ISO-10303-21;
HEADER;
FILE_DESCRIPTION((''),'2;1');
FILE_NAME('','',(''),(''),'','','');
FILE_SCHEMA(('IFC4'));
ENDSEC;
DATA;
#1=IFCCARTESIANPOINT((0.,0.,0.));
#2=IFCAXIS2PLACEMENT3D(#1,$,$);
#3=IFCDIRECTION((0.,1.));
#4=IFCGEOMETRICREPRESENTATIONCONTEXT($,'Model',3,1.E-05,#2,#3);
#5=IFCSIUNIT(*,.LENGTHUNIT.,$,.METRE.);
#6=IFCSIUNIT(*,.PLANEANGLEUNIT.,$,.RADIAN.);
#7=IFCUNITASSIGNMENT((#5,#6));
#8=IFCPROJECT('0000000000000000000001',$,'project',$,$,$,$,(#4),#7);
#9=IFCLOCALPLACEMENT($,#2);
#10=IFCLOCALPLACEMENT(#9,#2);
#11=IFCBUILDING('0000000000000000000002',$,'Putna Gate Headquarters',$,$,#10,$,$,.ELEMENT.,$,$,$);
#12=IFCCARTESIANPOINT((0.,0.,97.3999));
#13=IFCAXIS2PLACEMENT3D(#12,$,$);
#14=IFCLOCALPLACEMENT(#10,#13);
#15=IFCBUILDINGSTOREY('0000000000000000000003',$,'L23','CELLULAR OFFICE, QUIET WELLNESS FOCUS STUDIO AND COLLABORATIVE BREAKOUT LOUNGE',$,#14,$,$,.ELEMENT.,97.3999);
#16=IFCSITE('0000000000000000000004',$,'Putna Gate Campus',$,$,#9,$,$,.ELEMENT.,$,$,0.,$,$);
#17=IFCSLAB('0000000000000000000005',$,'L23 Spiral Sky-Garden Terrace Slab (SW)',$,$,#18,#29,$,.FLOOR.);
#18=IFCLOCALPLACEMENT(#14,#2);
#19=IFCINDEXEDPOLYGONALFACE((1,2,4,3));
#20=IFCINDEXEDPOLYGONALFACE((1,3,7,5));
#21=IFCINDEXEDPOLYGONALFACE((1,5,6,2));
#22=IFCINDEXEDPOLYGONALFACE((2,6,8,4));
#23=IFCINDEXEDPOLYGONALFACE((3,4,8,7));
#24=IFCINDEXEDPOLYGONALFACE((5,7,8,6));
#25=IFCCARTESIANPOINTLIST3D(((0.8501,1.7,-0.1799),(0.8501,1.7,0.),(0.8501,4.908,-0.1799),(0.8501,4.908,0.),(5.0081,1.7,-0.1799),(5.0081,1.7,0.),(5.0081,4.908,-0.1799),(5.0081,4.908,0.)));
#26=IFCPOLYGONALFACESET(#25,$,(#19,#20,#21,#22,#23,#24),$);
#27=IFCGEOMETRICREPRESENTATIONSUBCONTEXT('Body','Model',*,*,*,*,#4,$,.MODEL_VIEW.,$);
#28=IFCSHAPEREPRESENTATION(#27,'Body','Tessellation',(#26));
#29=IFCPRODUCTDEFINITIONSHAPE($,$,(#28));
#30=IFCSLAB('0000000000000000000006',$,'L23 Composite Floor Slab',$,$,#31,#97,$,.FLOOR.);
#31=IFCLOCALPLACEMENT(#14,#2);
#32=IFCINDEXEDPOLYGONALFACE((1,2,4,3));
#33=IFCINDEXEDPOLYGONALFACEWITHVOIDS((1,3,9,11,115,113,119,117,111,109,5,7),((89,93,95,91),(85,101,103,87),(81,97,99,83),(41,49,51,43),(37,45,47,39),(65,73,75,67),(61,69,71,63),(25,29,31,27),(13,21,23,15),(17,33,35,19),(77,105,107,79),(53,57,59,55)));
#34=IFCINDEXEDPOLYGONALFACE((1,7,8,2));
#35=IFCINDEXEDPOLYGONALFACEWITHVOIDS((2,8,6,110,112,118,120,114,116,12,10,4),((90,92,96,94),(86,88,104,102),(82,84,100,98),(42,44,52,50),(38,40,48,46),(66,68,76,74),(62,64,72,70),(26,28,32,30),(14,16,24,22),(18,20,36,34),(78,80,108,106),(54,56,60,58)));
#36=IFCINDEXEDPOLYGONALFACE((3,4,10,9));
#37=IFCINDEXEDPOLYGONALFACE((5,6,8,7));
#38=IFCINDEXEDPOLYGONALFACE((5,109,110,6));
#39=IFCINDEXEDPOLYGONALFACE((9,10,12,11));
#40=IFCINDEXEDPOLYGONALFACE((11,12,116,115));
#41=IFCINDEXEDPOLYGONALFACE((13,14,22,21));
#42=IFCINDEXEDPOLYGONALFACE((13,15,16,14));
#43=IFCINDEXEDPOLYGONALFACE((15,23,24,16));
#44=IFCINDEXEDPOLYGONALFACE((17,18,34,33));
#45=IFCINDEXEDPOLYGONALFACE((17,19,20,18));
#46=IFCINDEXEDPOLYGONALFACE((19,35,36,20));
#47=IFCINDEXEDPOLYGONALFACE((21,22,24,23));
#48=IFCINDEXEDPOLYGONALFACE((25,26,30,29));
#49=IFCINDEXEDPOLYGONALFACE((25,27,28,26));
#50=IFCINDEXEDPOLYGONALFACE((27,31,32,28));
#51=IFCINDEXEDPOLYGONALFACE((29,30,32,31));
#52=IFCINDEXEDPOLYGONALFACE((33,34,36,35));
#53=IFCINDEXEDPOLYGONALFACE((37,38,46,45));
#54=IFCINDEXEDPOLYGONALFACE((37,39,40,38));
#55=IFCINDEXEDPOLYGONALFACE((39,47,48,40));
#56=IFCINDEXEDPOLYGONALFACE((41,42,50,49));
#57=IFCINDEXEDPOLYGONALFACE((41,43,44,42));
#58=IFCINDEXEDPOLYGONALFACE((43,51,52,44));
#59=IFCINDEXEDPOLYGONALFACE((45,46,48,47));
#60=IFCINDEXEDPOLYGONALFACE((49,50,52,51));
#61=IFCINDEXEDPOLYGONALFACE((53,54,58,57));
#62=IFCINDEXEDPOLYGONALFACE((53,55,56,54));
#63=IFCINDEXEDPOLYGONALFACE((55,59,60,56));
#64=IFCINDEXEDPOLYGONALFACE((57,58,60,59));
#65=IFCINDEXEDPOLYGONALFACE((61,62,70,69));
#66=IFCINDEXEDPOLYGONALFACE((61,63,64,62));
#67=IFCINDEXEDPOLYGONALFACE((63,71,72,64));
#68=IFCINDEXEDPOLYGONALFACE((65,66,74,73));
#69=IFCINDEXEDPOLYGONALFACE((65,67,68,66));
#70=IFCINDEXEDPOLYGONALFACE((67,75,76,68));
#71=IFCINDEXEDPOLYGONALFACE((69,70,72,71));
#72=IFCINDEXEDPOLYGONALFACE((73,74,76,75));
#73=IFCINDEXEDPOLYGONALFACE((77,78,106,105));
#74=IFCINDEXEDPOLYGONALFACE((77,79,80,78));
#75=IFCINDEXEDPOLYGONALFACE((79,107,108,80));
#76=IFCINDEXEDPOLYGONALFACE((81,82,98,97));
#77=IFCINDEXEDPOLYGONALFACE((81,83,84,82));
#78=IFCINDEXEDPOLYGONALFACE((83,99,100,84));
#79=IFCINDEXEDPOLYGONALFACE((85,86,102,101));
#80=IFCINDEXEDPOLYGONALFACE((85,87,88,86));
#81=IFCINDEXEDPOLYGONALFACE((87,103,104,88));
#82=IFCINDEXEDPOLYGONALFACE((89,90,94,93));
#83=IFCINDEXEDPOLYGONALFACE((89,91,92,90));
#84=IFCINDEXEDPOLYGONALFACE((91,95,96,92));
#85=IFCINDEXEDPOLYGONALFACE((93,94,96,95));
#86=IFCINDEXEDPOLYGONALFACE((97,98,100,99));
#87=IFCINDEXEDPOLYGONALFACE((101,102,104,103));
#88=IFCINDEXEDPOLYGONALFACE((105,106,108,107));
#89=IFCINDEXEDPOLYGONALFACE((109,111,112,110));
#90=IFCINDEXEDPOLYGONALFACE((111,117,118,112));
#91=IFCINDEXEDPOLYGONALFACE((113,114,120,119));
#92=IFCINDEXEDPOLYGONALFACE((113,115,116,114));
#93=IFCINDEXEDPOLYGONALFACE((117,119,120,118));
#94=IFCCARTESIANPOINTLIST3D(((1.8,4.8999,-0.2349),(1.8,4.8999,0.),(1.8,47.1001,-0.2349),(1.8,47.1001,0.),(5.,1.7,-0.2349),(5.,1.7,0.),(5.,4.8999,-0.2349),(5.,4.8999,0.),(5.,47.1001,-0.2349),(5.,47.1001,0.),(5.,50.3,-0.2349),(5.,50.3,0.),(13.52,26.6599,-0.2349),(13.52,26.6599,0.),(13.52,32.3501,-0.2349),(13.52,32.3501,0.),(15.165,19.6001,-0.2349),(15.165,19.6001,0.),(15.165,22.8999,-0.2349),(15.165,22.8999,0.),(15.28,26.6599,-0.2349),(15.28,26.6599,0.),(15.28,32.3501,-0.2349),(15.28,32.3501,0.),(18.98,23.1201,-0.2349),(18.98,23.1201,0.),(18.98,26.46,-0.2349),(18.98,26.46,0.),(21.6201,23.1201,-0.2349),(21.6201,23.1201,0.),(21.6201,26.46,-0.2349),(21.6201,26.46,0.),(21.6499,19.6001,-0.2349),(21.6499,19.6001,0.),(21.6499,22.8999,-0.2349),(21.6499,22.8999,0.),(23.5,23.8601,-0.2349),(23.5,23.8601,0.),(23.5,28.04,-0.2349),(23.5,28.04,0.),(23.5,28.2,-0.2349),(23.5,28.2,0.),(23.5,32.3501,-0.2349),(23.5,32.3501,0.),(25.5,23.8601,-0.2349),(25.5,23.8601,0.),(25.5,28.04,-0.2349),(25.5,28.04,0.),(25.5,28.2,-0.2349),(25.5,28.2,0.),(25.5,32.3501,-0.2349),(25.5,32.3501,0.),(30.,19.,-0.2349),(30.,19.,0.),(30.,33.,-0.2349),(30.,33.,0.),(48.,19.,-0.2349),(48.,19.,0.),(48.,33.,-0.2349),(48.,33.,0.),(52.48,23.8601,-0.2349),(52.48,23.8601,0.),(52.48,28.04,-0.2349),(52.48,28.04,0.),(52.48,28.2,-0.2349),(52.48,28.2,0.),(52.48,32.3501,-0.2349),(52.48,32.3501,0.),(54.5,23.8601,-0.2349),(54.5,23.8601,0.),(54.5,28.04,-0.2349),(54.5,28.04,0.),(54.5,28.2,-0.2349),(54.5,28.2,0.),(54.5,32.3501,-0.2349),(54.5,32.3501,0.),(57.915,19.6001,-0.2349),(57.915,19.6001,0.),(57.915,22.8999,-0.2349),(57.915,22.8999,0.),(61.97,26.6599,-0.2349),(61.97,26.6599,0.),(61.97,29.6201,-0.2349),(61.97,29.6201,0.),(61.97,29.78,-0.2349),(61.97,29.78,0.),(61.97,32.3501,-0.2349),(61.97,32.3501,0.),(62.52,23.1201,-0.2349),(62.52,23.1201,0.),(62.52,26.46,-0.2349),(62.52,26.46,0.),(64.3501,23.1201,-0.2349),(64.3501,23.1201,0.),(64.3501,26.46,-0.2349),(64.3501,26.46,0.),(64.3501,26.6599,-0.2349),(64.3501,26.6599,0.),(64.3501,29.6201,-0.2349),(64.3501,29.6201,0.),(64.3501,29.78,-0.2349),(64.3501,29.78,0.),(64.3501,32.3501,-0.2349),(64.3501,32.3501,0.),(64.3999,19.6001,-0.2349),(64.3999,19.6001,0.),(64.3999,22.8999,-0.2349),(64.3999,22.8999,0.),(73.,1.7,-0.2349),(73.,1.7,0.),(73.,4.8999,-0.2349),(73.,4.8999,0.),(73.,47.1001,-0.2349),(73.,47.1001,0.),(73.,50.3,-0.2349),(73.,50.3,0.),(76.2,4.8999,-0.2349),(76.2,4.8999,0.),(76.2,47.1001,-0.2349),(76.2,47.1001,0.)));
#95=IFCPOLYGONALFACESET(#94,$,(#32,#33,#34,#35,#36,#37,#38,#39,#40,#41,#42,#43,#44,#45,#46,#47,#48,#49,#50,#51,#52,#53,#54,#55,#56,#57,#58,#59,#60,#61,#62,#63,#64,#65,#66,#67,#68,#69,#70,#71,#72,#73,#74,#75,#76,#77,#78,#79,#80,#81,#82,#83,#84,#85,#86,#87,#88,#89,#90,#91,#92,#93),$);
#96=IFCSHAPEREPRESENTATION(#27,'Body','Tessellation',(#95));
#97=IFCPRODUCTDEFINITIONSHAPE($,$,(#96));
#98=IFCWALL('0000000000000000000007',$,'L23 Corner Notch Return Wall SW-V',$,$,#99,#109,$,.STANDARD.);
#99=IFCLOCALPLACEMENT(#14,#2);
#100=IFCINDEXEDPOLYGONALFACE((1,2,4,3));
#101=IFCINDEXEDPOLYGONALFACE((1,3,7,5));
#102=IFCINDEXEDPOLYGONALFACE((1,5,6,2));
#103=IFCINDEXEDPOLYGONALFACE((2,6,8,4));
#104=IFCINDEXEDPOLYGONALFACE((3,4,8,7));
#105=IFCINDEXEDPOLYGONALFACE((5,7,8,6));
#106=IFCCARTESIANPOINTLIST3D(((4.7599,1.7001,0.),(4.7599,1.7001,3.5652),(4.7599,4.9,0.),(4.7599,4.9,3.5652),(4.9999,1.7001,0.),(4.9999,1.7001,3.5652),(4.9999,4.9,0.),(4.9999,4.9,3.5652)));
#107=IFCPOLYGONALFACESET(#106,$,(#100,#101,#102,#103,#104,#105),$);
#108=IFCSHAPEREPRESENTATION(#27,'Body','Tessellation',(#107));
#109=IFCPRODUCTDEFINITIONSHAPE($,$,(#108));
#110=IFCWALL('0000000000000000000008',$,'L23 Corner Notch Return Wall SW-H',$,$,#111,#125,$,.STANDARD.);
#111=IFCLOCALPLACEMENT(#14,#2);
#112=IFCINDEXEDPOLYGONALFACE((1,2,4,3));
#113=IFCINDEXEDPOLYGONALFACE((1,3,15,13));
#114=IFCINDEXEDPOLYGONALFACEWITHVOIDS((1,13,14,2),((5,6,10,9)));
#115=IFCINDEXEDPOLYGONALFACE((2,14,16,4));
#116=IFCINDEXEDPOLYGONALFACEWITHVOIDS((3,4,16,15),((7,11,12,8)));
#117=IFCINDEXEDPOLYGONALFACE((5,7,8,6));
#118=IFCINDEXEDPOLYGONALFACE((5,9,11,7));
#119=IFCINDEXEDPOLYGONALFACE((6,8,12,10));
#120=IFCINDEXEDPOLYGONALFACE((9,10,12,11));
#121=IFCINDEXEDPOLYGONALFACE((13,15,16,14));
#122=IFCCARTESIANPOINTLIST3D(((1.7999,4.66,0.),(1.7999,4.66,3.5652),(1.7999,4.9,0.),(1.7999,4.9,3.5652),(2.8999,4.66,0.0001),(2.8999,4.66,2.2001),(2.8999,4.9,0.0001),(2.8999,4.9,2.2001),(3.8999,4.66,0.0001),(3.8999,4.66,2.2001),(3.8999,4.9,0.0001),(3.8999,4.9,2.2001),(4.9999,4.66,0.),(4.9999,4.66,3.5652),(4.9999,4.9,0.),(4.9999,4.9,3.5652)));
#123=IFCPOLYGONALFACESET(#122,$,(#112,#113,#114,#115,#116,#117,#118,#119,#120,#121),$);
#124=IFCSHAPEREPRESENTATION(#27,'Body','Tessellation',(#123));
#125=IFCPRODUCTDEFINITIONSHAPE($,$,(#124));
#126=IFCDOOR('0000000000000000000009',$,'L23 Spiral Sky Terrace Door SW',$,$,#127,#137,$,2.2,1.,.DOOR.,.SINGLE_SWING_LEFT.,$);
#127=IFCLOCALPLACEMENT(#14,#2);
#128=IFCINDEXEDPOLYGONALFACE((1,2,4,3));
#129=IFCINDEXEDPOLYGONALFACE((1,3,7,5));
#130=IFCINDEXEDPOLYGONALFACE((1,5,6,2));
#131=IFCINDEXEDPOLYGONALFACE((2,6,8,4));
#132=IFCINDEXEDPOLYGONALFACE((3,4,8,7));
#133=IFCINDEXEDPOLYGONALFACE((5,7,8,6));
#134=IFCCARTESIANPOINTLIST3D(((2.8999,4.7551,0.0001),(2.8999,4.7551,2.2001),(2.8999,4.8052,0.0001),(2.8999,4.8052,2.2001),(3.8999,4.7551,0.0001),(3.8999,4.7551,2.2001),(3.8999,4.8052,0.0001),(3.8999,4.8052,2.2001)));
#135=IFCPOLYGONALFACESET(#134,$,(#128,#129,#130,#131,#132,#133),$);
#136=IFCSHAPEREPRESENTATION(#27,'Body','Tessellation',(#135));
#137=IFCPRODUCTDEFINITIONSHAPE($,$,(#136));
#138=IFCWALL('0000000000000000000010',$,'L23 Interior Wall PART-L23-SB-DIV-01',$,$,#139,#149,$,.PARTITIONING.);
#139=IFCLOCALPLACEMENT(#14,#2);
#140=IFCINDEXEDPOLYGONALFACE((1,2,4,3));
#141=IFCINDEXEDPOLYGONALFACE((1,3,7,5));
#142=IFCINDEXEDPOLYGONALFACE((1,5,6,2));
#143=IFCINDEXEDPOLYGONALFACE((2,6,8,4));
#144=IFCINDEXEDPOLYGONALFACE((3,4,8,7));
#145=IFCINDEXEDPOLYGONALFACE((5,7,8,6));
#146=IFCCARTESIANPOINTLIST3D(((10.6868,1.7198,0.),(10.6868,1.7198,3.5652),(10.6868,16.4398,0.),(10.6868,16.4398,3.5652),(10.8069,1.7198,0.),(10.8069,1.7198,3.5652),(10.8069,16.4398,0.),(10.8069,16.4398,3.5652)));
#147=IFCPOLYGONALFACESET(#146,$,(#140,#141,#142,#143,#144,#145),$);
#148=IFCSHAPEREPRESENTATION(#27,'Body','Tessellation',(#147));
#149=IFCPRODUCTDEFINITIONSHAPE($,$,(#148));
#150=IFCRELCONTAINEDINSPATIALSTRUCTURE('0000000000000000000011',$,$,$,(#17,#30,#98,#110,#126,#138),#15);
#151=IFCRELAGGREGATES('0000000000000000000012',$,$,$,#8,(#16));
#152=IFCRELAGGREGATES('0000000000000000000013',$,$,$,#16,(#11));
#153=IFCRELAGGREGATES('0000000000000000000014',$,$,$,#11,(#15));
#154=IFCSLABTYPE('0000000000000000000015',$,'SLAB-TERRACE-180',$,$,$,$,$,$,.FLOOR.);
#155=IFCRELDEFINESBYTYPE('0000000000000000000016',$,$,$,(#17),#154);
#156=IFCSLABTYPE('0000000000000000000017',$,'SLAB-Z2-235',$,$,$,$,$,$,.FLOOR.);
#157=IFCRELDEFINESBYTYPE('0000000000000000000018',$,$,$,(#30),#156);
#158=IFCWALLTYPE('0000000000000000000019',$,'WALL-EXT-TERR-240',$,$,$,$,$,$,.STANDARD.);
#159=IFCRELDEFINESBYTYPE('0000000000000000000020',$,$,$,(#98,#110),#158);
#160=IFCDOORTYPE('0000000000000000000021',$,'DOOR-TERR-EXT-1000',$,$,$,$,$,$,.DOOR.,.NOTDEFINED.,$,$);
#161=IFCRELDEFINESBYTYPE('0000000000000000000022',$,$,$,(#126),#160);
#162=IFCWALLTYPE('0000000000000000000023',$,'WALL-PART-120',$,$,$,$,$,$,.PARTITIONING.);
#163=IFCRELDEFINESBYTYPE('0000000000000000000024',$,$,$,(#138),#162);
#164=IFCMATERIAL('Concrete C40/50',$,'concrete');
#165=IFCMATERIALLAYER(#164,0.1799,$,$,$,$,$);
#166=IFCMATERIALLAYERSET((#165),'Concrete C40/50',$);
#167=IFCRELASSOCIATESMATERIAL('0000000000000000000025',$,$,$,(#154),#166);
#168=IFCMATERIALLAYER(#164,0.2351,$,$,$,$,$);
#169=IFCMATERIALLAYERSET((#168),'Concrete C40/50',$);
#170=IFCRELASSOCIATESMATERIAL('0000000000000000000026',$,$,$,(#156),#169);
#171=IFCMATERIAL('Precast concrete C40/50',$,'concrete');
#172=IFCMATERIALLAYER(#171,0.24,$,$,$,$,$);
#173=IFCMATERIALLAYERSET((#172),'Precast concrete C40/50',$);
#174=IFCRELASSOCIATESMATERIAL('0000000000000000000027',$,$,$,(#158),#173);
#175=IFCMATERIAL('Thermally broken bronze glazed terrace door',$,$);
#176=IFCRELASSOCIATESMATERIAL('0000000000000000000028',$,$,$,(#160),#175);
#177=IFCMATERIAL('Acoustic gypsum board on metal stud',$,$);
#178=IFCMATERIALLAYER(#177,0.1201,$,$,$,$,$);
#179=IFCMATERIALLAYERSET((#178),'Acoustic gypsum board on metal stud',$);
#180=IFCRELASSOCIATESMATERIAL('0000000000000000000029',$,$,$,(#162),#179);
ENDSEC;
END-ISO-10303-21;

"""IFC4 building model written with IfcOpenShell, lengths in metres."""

from ifc_helpers import new_model, si_unit, direction, frame, frame_2d, origin, place, context, subcontext, project, spatial, polyline, rectangle, outline, extrude, material, layer, layer_set, type_object, element, fill, save


model = new_model("IFC4")

# Units and contexts
model_context = context("Model", 3, precision=1e-05, world=origin(), true_north=direction((0.0, 1.0)))
body_context = subcontext(model_context, "Body", "Model", "MODEL_VIEW")
ifc_project = project(units=[si_unit("LENGTHUNIT", "METRE"), si_unit("PLANEANGLEUNIT", "RADIAN")], contexts=[model_context])

# Site, building, storey
site_placement = place(None, origin())
site = spatial("IfcSite", under=ifc_project, at=site_placement, Name="Putna Gate Campus", CompositionType="ELEMENT", RefElevation=0.0)
building_placement = place(site_placement, origin())
building = spatial("IfcBuilding", under=site, at=building_placement, Name="Putna Gate Headquarters", CompositionType="ELEMENT")
storey_placement = place(building_placement, frame((0.0, 0.0, 97.3999)))
storey = spatial("IfcBuildingStorey", under=building, at=storey_placement, Name="L23", Description="CELLULAR OFFICE, QUIET WELLNESS FOCUS STUDIO AND COLLABORATIVE BREAKOUT LOUNGE", CompositionType="ELEMENT", Elevation=97.3999)

# Shared definitions
ifc_material_1 = material(Name="Concrete C40/50", Category="concrete")

# Slabs
ifc_layer_1 = layer(ifc_material_1, 0.1799)
ifc_layer_set_1 = layer_set([ifc_layer_1], Name="Concrete C40/50")
slab_type_1 = type_object("IfcSlabType", Name="SLAB-TERRACE-180", PredefinedType="FLOOR", material=ifc_layer_set_1)
slab_1_placement = place(storey_placement, frame((0.0, 0.0, -0.1799)))
element("IfcSlab", 1, at=slab_1_placement, inside=storey, type_object=slab_type_1, Name="L23 Spiral Sky-Garden Terrace Slab (SW)", PredefinedType="FLOOR", context=body_context, shape_type="SweptSolid", body=[
    extrude(outline(polyline([(0.8501, 1.7), (5.0081, 1.7), (5.0081, 4.908), (0.8501, 4.908), (0.8501, 1.7)])), origin(), (0.0, 0.0, 1.0), 0.1799),
])
ifc_layer_2 = layer(ifc_material_1, 0.2351)
ifc_layer_set_2 = layer_set([ifc_layer_2], Name="Concrete C40/50")
slab_type_2 = type_object("IfcSlabType", Name="SLAB-Z2-235", PredefinedType="FLOOR", material=ifc_layer_set_2)
slab_2_placement = place(storey_placement, frame((0.0, 0.0, -0.2349)))
element("IfcSlab", 2, at=slab_2_placement, inside=storey, type_object=slab_type_2, Name="L23 Composite Floor Slab", PredefinedType="FLOOR", context=body_context, shape_type="SweptSolid", body=[
    extrude(outline(polyline([(5.0, 1.7), (73.0, 1.7), (73.0, 4.8999), (76.2, 4.8999), (76.2, 47.1001), (73.0, 47.1001), (73.0, 50.3), (5.0, 50.3), (5.0, 47.1001), (1.8, 47.1001), (1.8, 4.8999), (5.0, 4.8999), (5.0, 1.7)]), holes=[polyline([(15.165, 19.6001), (21.6499, 19.6001), (21.6499, 22.8999), (15.165, 22.8999), (15.165, 19.6001)]), polyline([(57.915, 19.6001), (64.3999, 19.6001), (64.3999, 22.8999), (57.915, 22.8999), (57.915, 19.6001)]), polyline([(13.52, 26.6599), (15.28, 26.6599), (15.28, 32.3501), (13.52, 32.3501), (13.52, 26.6599)]), polyline([(61.97, 29.78), (64.3501, 29.78), (64.3501, 32.3501), (61.97, 32.3501), (61.97, 29.78)]), polyline([(18.98, 23.1201), (21.6201, 23.1201), (21.6201, 26.46), (18.98, 26.46), (18.98, 23.1201)]), polyline([(62.52, 23.1201), (64.3501, 23.1201), (64.3501, 26.46), (62.52, 26.46), (62.52, 23.1201)]), polyline([(61.97, 26.6599), (64.3501, 26.6599), (64.3501, 29.6201), (61.97, 29.6201), (61.97, 26.6599)]), polyline([(23.5, 23.8601), (25.5, 23.8601), (25.5, 28.04), (23.5, 28.04), (23.5, 23.8601)]), polyline([(52.48, 23.8601), (54.5, 23.8601), (54.5, 28.04), (52.48, 28.04), (52.48, 23.8601)]), polyline([(23.5, 28.2), (25.5, 28.2), (25.5, 32.3501), (23.5, 32.3501), (23.5, 28.2)]), polyline([(52.48, 28.2), (54.5, 28.2), (54.5, 32.3501), (52.48, 32.3501), (52.48, 28.2)]), polyline([(30.0, 19.0), (48.0, 19.0), (48.0, 33.0), (30.0, 33.0), (30.0, 19.0)])]), origin(), (0.0, 0.0, 1.0), 0.2349),
])

# Wall
ifc_material_2 = material(Name="Precast concrete C40/50", Category="concrete")
ifc_layer_3 = layer(ifc_material_2, 0.24)
ifc_layer_set_3 = layer_set([ifc_layer_3], Name="Precast concrete C40/50")
wall_type_1 = type_object("IfcWallType", Name="WALL-EXT-TERR-240", PredefinedType="STANDARD", material=ifc_layer_set_3)
wall_1_placement = place(storey_placement, frame((4.8799, 1.7, 0.0), z_axis=(0.0, 0.0, 1.0), x_axis=(0.0, 1.0, 0.0)))
element("IfcWall", 3, at=wall_1_placement, inside=storey, type_object=wall_type_1, Name="L23 Corner Notch Return Wall SW-V", PredefinedType="STANDARD", context=body_context, shape_type="SweptSolid", body=[
    extrude(rectangle(XDim=3.2, YDim=0.24, at=frame_2d((1.6001, 0.0))), origin(), (0.0, 0.0, 1.0), 3.5652),
])

# Wall, opening, door
wall_2_placement = place(storey_placement, frame((5.0, 4.78, 0.0), z_axis=(0.0, 0.0, 1.0), x_axis=(-1.0, 0.0, 0.0)))
wall_2 = element("IfcWall", 4, at=wall_2_placement, inside=storey, type_object=wall_type_1, Name="L23 Corner Notch Return Wall SW-H", PredefinedType="STANDARD", context=body_context, shape_type="SweptSolid", body=[
    extrude(rectangle(XDim=3.2, YDim=0.24, at=frame_2d((1.6001, 0.0))), origin(), (0.0, 0.0, 1.0), 3.5652),
])
opening_placement = place(wall_2_placement, frame((1.1001, 0.0, 0.0)))
opening = element("IfcOpeningElement", 5, at=opening_placement, cuts=wall_2, PredefinedType="OPENING", context=body_context, shape_type="SweptSolid", body=[
    extrude(rectangle(XDim=1.0, YDim=2.2, at=frame_2d((0.5, 1.1001))), frame((0.0, 0.1299, 0.0), z_axis=(0.0, -1.0, 0.0), x_axis=(1.0, 0.0, 0.0)), (0.0, 0.0, 1.0), 0.26),
])
ifc_material_3 = material(Name="Thermally broken bronze glazed terrace door")
door_type = type_object("IfcDoorType", Name="DOOR-TERR-EXT-1000", OperationType="NOTDEFINED", PredefinedType="DOOR", material=ifc_material_3)
door_placement = place(opening_placement, origin())
door = element("IfcDoor", 6, at=door_placement, inside=storey, type_object=door_type, Name="L23 Spiral Sky Terrace Door SW", OperationType="SINGLE_SWING_LEFT", OverallHeight=2.2, OverallWidth=1.0, PredefinedType="DOOR", context=body_context, shape_type="SweptSolid", body=[
    extrude(rectangle(XDim=1.0, YDim=2.2, at=frame_2d((0.5, 1.1001))), frame((0.0, 0.0249, 0.0), z_axis=(0.0, -1.0, 0.0), x_axis=(1.0, 0.0, 0.0)), (0.0, 0.0, 1.0), 0.05),
])
fill(opening, door)

# Wall
ifc_material_4 = material(Name="Acoustic gypsum board on metal stud")
ifc_layer_4 = layer(ifc_material_4, 0.1201)
ifc_layer_set_4 = layer_set([ifc_layer_4], Name="Acoustic gypsum board on metal stud")
wall_type_2 = type_object("IfcWallType", Name="WALL-PART-120", PredefinedType="PARTITIONING", material=ifc_layer_set_4)
wall_3_placement = place(storey_placement, frame((10.7468, 1.72, 0.0), z_axis=(0.0, 0.0, 1.0), x_axis=(0.0, 1.0, 0.0)))
element("IfcWall", 7, at=wall_3_placement, inside=storey, type_object=wall_type_2, Name="L23 Interior Wall PART-L23-SB-DIV-01", PredefinedType="PARTITIONING", context=body_context, shape_type="SweptSolid", body=[
    extrude(rectangle(XDim=14.72, YDim=0.1201, at=frame_2d((7.3599, 0.0))), origin(), (0.0, 0.0, 1.0), 3.5652),
])

save(model, "model.ifc")
